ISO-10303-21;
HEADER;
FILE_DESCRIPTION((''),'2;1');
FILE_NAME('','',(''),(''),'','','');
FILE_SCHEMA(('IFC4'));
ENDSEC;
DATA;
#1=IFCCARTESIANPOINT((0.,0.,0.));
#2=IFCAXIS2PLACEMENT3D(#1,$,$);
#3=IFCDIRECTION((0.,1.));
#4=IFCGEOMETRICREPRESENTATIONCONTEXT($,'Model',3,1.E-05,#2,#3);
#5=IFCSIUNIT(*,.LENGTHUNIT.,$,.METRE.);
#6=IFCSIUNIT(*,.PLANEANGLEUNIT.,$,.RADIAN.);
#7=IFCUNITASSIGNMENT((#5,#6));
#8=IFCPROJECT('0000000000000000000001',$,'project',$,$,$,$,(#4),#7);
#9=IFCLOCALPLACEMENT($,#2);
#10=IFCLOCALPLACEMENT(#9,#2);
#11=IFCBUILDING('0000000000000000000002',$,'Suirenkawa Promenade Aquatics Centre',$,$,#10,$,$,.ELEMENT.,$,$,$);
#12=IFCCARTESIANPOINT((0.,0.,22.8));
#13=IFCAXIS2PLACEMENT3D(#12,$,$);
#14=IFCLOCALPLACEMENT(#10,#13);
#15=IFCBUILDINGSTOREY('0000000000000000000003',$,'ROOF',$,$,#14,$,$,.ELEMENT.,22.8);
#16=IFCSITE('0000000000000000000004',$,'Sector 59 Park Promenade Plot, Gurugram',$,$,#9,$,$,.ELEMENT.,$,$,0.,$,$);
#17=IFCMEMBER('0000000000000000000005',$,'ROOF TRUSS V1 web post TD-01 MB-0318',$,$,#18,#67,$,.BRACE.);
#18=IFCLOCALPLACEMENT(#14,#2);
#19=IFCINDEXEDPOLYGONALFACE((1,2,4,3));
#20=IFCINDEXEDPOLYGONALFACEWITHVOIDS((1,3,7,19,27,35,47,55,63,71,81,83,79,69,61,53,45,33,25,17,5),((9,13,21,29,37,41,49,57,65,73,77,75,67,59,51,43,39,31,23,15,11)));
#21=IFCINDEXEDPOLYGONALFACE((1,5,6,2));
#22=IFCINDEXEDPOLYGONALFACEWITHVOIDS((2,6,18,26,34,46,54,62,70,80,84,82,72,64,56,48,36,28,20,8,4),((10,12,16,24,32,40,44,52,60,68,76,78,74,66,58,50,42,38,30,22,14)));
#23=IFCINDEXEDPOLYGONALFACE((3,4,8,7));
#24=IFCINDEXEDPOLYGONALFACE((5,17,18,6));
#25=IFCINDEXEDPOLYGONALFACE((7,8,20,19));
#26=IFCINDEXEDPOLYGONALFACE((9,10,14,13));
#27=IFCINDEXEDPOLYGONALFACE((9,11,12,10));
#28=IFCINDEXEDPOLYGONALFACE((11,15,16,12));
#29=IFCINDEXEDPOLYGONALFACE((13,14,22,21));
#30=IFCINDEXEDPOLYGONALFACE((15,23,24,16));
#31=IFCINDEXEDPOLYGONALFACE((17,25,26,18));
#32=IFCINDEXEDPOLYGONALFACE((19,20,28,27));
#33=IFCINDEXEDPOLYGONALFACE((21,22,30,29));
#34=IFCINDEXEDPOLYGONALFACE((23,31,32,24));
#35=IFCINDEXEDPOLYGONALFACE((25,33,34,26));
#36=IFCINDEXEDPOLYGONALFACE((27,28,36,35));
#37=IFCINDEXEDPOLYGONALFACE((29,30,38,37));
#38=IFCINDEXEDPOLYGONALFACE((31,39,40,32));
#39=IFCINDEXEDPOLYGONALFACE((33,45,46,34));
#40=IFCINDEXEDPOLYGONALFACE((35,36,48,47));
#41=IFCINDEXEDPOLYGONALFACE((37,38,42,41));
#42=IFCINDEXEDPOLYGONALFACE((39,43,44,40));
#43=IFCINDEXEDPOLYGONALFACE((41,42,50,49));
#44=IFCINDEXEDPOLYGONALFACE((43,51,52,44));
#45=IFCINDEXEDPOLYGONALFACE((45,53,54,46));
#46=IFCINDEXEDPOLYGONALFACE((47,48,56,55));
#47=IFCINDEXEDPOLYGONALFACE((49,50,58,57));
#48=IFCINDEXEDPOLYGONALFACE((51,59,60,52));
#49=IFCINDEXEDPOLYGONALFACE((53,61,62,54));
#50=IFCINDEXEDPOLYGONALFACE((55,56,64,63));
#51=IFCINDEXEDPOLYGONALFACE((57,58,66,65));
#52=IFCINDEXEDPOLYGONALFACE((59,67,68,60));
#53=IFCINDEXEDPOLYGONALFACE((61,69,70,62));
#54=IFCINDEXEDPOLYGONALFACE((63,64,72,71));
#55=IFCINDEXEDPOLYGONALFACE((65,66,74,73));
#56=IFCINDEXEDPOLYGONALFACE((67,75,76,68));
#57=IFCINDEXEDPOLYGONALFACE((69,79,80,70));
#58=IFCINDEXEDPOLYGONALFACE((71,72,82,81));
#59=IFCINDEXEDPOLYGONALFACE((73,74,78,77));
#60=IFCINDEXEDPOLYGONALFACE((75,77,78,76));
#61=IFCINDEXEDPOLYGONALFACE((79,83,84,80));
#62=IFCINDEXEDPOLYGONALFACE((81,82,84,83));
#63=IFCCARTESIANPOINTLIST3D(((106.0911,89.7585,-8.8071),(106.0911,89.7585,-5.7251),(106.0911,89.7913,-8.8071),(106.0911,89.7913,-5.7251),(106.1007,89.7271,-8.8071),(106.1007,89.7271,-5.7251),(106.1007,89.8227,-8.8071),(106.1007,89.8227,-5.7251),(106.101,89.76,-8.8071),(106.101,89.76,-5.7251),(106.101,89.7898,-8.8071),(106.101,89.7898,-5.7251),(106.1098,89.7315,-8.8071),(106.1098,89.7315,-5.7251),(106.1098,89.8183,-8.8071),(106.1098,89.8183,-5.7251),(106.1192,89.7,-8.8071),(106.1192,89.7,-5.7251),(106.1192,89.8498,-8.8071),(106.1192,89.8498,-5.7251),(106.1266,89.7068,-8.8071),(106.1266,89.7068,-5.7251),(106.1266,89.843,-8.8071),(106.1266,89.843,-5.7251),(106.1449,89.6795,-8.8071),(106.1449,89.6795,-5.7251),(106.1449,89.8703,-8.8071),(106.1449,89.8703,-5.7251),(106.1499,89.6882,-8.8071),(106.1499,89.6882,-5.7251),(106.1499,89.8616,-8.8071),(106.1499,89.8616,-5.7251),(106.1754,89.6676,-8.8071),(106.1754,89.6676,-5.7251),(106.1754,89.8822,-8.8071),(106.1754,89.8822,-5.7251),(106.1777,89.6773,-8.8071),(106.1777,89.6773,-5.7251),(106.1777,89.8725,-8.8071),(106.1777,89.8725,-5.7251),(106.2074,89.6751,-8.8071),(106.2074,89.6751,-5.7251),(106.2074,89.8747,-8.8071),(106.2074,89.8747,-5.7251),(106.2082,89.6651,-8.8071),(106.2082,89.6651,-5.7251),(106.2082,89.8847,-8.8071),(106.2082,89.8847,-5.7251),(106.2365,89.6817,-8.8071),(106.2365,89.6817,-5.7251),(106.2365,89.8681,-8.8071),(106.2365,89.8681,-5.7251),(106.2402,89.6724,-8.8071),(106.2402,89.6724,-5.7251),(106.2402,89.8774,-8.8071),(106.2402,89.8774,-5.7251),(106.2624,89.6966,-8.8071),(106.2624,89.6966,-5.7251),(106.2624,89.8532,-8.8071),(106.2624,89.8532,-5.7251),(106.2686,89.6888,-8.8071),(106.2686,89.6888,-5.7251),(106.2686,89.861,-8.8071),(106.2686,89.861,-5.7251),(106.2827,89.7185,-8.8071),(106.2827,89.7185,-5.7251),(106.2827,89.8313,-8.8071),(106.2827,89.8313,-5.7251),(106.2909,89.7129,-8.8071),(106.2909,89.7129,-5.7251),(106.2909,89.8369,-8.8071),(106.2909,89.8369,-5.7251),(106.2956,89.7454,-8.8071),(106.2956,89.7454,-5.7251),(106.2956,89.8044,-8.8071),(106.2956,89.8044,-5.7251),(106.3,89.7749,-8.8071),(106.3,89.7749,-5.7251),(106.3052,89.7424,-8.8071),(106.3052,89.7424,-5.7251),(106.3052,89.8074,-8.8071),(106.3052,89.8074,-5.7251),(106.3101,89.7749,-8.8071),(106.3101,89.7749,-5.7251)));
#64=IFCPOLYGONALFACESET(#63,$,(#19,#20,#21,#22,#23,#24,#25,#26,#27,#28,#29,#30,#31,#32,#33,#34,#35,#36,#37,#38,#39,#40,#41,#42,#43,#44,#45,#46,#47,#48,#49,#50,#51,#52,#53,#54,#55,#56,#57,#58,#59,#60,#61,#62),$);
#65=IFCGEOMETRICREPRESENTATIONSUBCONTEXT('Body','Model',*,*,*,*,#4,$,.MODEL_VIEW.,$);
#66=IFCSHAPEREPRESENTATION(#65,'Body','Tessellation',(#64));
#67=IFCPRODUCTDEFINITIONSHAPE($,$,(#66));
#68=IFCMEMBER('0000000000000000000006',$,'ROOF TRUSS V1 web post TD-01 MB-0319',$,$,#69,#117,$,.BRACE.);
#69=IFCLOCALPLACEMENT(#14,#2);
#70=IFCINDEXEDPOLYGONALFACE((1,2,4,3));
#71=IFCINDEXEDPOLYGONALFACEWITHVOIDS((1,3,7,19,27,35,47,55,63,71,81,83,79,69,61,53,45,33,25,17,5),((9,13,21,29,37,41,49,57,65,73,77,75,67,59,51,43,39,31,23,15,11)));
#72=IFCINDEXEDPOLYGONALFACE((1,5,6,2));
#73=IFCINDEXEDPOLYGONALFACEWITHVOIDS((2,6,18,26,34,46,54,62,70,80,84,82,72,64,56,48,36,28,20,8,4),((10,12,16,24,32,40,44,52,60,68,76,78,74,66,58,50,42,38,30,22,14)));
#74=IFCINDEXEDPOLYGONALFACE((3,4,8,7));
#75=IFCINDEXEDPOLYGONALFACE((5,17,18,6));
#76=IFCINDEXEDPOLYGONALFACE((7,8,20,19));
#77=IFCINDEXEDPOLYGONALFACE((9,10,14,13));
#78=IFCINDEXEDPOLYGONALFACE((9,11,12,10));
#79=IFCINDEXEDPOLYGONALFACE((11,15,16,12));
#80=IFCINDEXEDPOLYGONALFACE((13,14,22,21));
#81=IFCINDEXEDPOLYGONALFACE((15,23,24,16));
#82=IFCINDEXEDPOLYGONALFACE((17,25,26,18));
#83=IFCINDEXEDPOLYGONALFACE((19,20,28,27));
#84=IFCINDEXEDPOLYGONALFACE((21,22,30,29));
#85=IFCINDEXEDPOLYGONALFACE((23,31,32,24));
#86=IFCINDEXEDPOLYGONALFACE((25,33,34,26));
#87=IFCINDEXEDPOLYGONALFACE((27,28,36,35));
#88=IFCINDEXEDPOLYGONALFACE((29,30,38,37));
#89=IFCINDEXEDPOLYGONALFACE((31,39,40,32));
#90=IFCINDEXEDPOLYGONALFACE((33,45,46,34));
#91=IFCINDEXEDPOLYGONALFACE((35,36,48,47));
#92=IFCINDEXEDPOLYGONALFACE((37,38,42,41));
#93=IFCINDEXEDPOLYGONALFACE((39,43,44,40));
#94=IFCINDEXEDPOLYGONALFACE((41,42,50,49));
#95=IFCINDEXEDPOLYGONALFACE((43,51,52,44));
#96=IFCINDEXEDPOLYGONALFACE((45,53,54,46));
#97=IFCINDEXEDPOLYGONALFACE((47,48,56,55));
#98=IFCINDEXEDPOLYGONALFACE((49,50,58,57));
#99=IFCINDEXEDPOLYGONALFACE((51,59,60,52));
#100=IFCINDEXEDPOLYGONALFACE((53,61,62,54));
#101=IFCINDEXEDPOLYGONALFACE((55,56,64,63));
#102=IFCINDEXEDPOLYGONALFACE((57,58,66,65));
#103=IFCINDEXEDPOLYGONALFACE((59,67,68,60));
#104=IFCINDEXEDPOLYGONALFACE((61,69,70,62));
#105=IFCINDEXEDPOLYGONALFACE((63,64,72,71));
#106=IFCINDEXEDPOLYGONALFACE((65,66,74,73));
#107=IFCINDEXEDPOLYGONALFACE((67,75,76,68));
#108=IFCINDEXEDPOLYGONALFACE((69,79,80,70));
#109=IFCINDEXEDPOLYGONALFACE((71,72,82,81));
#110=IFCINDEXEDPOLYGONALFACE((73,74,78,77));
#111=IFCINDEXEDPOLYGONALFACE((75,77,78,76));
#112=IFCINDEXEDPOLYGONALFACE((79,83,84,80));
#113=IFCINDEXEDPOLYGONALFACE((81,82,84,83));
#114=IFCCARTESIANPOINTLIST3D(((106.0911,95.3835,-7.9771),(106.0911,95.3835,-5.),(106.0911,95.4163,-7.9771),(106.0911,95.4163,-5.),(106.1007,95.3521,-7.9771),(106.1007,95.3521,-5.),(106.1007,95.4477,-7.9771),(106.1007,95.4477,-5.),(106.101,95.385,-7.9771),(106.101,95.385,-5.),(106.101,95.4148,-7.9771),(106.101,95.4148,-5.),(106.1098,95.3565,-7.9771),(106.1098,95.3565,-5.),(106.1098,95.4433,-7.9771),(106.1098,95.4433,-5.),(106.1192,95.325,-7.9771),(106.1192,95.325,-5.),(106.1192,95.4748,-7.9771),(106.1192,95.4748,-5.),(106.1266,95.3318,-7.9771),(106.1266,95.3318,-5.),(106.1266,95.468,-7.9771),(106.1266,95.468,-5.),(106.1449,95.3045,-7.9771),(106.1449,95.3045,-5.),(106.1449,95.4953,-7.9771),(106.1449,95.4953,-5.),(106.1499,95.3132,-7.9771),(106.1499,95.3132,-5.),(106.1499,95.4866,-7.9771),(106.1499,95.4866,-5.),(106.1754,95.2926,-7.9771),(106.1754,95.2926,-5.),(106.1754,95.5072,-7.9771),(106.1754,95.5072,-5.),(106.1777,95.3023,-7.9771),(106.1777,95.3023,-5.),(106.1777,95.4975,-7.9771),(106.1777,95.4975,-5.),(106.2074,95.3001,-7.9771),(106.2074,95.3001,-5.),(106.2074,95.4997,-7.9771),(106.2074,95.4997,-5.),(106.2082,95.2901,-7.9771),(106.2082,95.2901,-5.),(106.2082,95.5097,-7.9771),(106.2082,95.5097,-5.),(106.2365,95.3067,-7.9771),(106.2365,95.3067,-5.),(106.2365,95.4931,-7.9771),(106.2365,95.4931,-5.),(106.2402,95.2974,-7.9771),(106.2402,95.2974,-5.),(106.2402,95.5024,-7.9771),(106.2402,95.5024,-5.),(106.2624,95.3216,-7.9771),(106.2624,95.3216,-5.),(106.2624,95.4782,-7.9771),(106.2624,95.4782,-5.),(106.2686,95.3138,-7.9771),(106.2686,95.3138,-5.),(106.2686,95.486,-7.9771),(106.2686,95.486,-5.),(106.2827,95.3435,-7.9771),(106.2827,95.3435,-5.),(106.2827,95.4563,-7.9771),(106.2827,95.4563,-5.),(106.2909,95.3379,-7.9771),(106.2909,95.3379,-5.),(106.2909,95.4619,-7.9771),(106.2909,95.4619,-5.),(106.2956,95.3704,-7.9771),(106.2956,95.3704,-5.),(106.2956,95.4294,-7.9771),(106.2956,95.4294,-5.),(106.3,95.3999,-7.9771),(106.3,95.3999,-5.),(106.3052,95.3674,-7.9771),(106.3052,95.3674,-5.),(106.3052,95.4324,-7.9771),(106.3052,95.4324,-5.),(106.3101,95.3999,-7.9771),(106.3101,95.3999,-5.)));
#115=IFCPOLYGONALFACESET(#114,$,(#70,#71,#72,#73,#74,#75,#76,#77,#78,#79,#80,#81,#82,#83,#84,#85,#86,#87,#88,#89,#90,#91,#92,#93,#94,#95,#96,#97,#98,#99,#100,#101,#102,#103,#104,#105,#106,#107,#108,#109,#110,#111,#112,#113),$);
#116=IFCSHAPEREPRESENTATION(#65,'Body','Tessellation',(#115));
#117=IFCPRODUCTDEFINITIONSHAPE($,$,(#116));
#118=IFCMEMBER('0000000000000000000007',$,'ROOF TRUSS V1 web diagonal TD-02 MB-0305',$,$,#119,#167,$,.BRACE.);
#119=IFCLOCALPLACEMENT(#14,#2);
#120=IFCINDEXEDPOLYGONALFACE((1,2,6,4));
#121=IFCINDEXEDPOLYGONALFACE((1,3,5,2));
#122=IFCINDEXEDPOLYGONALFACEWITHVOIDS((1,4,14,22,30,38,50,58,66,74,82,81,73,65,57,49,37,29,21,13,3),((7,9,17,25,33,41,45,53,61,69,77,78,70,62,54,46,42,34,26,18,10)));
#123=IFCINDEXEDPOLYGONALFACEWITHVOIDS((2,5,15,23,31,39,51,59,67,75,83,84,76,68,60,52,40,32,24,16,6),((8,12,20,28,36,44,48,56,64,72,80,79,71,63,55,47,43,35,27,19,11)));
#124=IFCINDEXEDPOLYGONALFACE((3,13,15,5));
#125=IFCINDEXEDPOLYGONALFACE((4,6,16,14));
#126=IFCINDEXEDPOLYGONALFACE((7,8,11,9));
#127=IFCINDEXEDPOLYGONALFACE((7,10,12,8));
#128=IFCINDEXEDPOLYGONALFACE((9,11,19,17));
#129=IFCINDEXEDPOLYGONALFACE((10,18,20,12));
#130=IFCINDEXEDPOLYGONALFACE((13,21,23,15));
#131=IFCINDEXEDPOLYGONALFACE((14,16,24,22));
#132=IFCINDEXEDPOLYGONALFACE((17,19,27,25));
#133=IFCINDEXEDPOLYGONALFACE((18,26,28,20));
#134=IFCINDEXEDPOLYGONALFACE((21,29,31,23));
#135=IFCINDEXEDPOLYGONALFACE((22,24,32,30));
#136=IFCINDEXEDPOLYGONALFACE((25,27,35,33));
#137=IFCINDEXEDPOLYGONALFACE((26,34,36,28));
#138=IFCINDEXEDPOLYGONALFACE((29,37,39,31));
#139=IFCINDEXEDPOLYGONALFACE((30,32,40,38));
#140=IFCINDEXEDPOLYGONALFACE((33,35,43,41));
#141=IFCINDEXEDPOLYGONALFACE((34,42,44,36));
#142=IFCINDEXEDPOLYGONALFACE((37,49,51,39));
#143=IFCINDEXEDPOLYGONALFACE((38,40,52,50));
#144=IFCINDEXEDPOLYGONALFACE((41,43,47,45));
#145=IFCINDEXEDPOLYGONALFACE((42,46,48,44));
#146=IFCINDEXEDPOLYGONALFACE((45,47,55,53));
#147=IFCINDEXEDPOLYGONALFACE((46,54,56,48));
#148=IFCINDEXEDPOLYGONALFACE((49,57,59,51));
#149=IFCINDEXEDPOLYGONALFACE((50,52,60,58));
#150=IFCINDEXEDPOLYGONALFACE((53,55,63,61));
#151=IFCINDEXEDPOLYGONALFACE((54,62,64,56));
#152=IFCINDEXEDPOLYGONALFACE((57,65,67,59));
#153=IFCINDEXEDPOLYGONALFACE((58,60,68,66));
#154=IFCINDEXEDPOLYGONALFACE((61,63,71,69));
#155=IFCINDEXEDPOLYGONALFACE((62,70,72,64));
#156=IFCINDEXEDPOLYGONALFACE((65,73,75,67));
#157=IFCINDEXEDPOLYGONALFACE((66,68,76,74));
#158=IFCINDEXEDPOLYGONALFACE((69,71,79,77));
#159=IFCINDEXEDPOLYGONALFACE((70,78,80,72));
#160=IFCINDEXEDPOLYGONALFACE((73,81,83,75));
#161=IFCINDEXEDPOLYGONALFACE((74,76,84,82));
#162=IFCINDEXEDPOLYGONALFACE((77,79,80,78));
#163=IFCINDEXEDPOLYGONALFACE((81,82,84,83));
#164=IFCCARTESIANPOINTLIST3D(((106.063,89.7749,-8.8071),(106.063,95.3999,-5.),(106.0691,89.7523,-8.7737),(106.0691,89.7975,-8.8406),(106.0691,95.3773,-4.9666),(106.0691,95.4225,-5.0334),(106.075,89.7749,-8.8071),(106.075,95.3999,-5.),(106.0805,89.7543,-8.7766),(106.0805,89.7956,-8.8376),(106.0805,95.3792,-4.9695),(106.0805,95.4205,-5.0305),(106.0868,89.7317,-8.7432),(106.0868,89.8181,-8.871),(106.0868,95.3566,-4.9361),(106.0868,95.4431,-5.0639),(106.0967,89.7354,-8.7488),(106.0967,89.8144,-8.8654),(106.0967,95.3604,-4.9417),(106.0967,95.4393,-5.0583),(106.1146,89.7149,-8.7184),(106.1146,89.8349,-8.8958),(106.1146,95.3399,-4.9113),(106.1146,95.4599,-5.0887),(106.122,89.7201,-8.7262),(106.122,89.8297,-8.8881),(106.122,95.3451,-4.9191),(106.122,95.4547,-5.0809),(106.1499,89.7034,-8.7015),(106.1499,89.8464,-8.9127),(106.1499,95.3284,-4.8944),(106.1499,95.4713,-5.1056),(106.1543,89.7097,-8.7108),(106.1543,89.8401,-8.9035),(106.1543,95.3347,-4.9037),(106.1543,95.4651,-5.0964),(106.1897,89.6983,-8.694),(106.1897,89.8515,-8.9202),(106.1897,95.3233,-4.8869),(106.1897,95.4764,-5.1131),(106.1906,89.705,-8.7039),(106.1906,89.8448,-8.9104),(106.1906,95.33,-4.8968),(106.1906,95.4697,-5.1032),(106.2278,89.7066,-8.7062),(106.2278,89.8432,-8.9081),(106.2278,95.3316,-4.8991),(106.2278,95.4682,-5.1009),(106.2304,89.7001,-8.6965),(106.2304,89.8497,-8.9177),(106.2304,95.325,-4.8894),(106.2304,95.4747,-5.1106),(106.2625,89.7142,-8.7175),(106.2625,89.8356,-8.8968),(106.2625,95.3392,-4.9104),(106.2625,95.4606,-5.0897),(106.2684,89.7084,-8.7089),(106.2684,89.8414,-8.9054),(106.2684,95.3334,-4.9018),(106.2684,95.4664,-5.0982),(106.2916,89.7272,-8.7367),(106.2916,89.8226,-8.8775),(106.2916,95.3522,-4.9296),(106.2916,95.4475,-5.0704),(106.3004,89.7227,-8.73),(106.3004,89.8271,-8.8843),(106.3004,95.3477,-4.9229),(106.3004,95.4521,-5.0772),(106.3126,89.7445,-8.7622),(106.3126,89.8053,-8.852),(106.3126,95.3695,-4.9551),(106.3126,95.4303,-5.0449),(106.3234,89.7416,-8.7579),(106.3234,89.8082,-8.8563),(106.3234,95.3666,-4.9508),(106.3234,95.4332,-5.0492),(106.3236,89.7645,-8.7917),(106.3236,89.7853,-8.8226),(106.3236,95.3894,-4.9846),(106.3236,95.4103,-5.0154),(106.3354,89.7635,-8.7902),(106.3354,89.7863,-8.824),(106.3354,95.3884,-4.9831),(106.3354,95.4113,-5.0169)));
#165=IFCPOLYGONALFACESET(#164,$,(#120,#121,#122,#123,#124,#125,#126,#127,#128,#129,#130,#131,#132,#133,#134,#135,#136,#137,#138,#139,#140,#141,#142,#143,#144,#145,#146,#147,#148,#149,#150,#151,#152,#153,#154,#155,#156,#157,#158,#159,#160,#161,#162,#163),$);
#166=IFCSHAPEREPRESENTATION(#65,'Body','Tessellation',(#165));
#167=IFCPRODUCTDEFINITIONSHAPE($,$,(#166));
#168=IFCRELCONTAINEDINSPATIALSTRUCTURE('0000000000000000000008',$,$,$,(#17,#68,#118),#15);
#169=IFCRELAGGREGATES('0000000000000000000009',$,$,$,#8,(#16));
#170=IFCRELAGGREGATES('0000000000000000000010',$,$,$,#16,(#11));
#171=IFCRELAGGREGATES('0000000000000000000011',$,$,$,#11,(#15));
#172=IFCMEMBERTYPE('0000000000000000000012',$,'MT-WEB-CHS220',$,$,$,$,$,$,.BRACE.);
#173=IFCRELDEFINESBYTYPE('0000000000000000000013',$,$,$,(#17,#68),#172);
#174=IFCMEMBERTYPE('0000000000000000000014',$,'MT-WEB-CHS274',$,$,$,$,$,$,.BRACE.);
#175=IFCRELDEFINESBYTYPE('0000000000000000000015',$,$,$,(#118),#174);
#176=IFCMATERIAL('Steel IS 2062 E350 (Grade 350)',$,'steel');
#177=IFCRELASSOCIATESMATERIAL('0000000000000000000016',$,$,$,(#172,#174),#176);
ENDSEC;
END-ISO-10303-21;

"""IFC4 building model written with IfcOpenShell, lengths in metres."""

from ifc_helpers import new_model, si_unit, direction, frame, origin, origin_2d, place, context, subcontext, project, spatial, hollow_circle, extrude, material, material_profile, profile_set, type_object, element, save


model = new_model("IFC4")

# Units and contexts
model_context = context("Model", 3, precision=1e-05, world=origin(), true_north=direction((0.0, 1.0)))
body_context = subcontext(model_context, "Body", "Model", "MODEL_VIEW")
ifc_project = project(units=[si_unit("LENGTHUNIT", "METRE"), si_unit("PLANEANGLEUNIT", "RADIAN")], contexts=[model_context])

# Site, building, storey
site_placement = place(None, origin())
site = spatial("IfcSite", under=ifc_project, at=site_placement, Name="Sector 59 Park Promenade Plot, Gurugram", CompositionType="ELEMENT", RefElevation=0.0)
building_placement = place(site_placement, origin())
building = spatial("IfcBuilding", under=site, at=building_placement, Name="Suirenkawa Promenade Aquatics Centre", CompositionType="ELEMENT")
storey_placement = place(building_placement, frame((0.0, 0.0, 22.8)))
storey = spatial("IfcBuildingStorey", under=building, at=storey_placement, Name="ROOF", CompositionType="ELEMENT", Elevation=22.8)

# Shared definitions
ifc_material_1 = material(Name="Steel IS 2062 E350 (Grade 350)", Category="steel")

# Members
ifc_material_profile_1 = material_profile(ifc_material_1, hollow_circle(Radius=0.1101, WallThickness=0.01, at=origin_2d()), Name="CHS 220x10", Category="steel")
ifc_profile_set_1 = profile_set([ifc_material_profile_1], Name="Steel IS 2062 E350 (Grade 350)")
member_type_1 = type_object("IfcMemberType", Name="MT-WEB-CHS220", PredefinedType="BRACE", material=ifc_profile_set_1)
member_1_placement = place(storey_placement, frame((106.2, 89.7749, -8.8071), z_axis=(0.0, 0.0, 1.0), x_axis=(1.0, 0.0, 0.0)))
element("IfcMember", 1, at=member_1_placement, inside=storey, type_object=member_type_1, Name="ROOF TRUSS V1 web post TD-01 MB-0318", PredefinedType="BRACE", context=body_context, shape_type="SweptSolid", body=[
    extrude(hollow_circle(Radius=0.1101, WallThickness=0.01, at=origin_2d()), origin(), (0.0, 0.0, 1.0), 3.082),
])
member_2_placement = place(storey_placement, frame((106.2, 95.3999, -7.9771), z_axis=(0.0, 0.0, 1.0), x_axis=(1.0, 0.0, 0.0)))
element("IfcMember", 2, at=member_2_placement, inside=storey, type_object=member_type_1, Name="ROOF TRUSS V1 web post TD-01 MB-0319", PredefinedType="BRACE", context=body_context, shape_type="SweptSolid", body=[
    extrude(hollow_circle(Radius=0.1101, WallThickness=0.01, at=origin_2d()), origin(), (0.0, 0.0, 1.0), 2.9771),
])
ifc_material_profile_2 = material_profile(ifc_material_1, hollow_circle(Radius=0.137, WallThickness=0.012, at=origin_2d()), Name="CHS 274x12", Category="steel")
ifc_profile_set_2 = profile_set([ifc_material_profile_2], Name="Steel IS 2062 E350 (Grade 350)")
member_type_2 = type_object("IfcMemberType", Name="MT-WEB-CHS274", PredefinedType="BRACE", material=ifc_profile_set_2)
member_3_placement = place(storey_placement, frame((106.2, 89.7749, -8.8071), z_axis=(0.0, 0.828148, 0.56051), x_axis=(-1.0, 0.0, 0.0)))
element("IfcMember", 3, at=member_3_placement, inside=storey, type_object=member_type_2, Name="ROOF TRUSS V1 web diagonal TD-02 MB-0305", PredefinedType="BRACE", context=body_context, shape_type="SweptSolid", body=[
    extrude(hollow_circle(Radius=0.137, WallThickness=0.012, at=origin_2d()), origin(), (0.0, 0.0, 1.0), 6.7922),
])

save(model, "model.ifc")
